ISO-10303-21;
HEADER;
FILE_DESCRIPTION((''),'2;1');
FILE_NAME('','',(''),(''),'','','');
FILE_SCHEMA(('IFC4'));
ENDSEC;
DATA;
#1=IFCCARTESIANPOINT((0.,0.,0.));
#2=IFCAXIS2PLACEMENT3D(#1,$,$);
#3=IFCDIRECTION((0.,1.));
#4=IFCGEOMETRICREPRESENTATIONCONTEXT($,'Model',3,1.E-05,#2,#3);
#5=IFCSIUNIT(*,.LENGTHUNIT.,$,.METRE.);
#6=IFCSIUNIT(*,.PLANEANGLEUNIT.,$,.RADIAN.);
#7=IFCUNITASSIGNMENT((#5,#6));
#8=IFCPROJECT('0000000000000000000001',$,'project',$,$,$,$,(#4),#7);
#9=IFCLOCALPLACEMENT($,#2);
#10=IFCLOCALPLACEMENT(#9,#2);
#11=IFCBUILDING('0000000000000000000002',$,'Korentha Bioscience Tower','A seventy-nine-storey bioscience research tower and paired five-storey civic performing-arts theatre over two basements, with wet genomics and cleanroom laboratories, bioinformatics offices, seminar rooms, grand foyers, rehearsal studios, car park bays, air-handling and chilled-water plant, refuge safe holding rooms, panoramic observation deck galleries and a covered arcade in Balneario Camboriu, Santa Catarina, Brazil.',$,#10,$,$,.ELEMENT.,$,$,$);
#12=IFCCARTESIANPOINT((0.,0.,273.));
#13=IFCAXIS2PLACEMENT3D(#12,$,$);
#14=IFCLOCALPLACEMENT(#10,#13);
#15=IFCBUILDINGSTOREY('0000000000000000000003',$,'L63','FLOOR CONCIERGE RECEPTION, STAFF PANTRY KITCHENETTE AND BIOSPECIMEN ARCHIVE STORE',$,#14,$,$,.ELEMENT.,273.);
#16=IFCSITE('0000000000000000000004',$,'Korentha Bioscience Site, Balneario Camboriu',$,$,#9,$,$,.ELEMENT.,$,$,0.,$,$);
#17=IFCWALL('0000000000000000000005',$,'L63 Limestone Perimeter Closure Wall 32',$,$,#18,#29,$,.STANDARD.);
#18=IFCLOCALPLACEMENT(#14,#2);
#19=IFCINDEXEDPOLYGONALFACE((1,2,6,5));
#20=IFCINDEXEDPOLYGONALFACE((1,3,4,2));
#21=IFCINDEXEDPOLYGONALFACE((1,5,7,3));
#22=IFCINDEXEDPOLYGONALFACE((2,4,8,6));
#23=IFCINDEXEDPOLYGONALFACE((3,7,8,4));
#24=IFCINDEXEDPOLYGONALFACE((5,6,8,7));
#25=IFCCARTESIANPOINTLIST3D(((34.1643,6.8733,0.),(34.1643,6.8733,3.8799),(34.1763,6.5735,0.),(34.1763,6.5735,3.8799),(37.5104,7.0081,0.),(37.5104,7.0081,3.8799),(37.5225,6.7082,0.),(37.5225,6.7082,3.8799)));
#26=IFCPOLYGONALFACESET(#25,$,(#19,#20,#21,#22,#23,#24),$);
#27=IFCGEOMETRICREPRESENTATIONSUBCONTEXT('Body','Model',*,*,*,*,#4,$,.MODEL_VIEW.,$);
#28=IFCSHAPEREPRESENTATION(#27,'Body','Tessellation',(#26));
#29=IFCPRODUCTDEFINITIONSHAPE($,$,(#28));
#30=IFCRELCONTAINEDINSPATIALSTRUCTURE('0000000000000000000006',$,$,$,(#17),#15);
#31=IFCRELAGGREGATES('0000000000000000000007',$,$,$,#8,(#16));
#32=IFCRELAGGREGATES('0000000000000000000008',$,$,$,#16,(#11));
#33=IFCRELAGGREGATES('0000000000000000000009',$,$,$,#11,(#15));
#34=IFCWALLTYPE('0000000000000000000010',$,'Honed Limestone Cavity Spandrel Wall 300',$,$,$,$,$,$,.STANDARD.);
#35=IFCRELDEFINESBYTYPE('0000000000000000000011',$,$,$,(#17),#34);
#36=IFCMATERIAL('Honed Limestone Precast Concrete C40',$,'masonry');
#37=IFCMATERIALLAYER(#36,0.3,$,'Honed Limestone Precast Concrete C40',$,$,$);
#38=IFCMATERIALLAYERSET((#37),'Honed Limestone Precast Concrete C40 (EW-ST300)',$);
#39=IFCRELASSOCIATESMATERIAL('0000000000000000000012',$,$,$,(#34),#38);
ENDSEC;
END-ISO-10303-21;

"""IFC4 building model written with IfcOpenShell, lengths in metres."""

from ifc_helpers import new_model, si_unit, direction, frame, frame_2d, origin, place, context, subcontext, project, spatial, rectangle, extrude, material, layer, layer_set, type_object, element, save


model = new_model("IFC4")

# Units and contexts
model_context = context("Model", 3, precision=1e-05, world=origin(), true_north=direction((0.0, 1.0)))
body_context = subcontext(model_context, "Body", "Model", "MODEL_VIEW")
ifc_project = project(units=[si_unit("LENGTHUNIT", "METRE"), si_unit("PLANEANGLEUNIT", "RADIAN")], contexts=[model_context])

# Site, building, storey
site_placement = place(None, origin())
site = spatial("IfcSite", under=ifc_project, at=site_placement, Name="Korentha Bioscience Site, Balneario Camboriu", CompositionType="ELEMENT", RefElevation=0.0)
building_placement = place(site_placement, origin())
building = spatial("IfcBuilding", under=site, at=building_placement, Name="Korentha Bioscience Tower", Description="A seventy-nine-storey bioscience research tower and paired five-storey civic performing-arts theatre over two basements, with wet genomics and cleanroom laboratories, bioinformatics offices, seminar rooms, grand foyers, rehearsal studios, car park bays, air-handling and chilled-water plant, refuge safe holding rooms, panoramic observation deck galleries and a covered arcade in Balneario Camboriu, Santa Catarina, Brazil.", CompositionType="ELEMENT")
storey_placement = place(building_placement, frame((0.0, 0.0, 273.0)))
storey = spatial("IfcBuildingStorey", under=building, at=storey_placement, Name="L63", Description="FLOOR CONCIERGE RECEPTION, STAFF PANTRY KITCHENETTE AND BIOSPECIMEN ARCHIVE STORE", CompositionType="ELEMENT", Elevation=273.0)

# Shared definitions
ifc_material_1 = material(Name="Honed Limestone Precast Concrete C40", Category="masonry")
ifc_layer_1 = layer(ifc_material_1, 0.3, Name="Honed Limestone Precast Concrete C40")
ifc_layer_set_1 = layer_set([ifc_layer_1], Name="Honed Limestone Precast Concrete C40 (EW-ST300)")
wall_type_1 = type_object("IfcWallType", Name="Honed Limestone Cavity Spandrel Wall 300", PredefinedType="STANDARD", material=ifc_layer_set_1)

# Wall
wall_1_placement = place(storey_placement, frame((34.1704, 6.7234, 0.0), z_axis=(0.0, 0.0, 1.0), x_axis=(0.99919, 0.040242, 0.0)))
element("IfcWall", 1, at=wall_1_placement, inside=storey, type_object=wall_type_1, Name="L63 Limestone Perimeter Closure Wall 32", PredefinedType="STANDARD", context=body_context, shape_type="SweptSolid", body=[
    extrude(rectangle(XDim=3.3489, YDim=0.3, at=frame_2d((1.6743, 0.0))), origin(), (0.0, 0.0, 1.0), 3.8799),
])

save(model, "model.ifc")
